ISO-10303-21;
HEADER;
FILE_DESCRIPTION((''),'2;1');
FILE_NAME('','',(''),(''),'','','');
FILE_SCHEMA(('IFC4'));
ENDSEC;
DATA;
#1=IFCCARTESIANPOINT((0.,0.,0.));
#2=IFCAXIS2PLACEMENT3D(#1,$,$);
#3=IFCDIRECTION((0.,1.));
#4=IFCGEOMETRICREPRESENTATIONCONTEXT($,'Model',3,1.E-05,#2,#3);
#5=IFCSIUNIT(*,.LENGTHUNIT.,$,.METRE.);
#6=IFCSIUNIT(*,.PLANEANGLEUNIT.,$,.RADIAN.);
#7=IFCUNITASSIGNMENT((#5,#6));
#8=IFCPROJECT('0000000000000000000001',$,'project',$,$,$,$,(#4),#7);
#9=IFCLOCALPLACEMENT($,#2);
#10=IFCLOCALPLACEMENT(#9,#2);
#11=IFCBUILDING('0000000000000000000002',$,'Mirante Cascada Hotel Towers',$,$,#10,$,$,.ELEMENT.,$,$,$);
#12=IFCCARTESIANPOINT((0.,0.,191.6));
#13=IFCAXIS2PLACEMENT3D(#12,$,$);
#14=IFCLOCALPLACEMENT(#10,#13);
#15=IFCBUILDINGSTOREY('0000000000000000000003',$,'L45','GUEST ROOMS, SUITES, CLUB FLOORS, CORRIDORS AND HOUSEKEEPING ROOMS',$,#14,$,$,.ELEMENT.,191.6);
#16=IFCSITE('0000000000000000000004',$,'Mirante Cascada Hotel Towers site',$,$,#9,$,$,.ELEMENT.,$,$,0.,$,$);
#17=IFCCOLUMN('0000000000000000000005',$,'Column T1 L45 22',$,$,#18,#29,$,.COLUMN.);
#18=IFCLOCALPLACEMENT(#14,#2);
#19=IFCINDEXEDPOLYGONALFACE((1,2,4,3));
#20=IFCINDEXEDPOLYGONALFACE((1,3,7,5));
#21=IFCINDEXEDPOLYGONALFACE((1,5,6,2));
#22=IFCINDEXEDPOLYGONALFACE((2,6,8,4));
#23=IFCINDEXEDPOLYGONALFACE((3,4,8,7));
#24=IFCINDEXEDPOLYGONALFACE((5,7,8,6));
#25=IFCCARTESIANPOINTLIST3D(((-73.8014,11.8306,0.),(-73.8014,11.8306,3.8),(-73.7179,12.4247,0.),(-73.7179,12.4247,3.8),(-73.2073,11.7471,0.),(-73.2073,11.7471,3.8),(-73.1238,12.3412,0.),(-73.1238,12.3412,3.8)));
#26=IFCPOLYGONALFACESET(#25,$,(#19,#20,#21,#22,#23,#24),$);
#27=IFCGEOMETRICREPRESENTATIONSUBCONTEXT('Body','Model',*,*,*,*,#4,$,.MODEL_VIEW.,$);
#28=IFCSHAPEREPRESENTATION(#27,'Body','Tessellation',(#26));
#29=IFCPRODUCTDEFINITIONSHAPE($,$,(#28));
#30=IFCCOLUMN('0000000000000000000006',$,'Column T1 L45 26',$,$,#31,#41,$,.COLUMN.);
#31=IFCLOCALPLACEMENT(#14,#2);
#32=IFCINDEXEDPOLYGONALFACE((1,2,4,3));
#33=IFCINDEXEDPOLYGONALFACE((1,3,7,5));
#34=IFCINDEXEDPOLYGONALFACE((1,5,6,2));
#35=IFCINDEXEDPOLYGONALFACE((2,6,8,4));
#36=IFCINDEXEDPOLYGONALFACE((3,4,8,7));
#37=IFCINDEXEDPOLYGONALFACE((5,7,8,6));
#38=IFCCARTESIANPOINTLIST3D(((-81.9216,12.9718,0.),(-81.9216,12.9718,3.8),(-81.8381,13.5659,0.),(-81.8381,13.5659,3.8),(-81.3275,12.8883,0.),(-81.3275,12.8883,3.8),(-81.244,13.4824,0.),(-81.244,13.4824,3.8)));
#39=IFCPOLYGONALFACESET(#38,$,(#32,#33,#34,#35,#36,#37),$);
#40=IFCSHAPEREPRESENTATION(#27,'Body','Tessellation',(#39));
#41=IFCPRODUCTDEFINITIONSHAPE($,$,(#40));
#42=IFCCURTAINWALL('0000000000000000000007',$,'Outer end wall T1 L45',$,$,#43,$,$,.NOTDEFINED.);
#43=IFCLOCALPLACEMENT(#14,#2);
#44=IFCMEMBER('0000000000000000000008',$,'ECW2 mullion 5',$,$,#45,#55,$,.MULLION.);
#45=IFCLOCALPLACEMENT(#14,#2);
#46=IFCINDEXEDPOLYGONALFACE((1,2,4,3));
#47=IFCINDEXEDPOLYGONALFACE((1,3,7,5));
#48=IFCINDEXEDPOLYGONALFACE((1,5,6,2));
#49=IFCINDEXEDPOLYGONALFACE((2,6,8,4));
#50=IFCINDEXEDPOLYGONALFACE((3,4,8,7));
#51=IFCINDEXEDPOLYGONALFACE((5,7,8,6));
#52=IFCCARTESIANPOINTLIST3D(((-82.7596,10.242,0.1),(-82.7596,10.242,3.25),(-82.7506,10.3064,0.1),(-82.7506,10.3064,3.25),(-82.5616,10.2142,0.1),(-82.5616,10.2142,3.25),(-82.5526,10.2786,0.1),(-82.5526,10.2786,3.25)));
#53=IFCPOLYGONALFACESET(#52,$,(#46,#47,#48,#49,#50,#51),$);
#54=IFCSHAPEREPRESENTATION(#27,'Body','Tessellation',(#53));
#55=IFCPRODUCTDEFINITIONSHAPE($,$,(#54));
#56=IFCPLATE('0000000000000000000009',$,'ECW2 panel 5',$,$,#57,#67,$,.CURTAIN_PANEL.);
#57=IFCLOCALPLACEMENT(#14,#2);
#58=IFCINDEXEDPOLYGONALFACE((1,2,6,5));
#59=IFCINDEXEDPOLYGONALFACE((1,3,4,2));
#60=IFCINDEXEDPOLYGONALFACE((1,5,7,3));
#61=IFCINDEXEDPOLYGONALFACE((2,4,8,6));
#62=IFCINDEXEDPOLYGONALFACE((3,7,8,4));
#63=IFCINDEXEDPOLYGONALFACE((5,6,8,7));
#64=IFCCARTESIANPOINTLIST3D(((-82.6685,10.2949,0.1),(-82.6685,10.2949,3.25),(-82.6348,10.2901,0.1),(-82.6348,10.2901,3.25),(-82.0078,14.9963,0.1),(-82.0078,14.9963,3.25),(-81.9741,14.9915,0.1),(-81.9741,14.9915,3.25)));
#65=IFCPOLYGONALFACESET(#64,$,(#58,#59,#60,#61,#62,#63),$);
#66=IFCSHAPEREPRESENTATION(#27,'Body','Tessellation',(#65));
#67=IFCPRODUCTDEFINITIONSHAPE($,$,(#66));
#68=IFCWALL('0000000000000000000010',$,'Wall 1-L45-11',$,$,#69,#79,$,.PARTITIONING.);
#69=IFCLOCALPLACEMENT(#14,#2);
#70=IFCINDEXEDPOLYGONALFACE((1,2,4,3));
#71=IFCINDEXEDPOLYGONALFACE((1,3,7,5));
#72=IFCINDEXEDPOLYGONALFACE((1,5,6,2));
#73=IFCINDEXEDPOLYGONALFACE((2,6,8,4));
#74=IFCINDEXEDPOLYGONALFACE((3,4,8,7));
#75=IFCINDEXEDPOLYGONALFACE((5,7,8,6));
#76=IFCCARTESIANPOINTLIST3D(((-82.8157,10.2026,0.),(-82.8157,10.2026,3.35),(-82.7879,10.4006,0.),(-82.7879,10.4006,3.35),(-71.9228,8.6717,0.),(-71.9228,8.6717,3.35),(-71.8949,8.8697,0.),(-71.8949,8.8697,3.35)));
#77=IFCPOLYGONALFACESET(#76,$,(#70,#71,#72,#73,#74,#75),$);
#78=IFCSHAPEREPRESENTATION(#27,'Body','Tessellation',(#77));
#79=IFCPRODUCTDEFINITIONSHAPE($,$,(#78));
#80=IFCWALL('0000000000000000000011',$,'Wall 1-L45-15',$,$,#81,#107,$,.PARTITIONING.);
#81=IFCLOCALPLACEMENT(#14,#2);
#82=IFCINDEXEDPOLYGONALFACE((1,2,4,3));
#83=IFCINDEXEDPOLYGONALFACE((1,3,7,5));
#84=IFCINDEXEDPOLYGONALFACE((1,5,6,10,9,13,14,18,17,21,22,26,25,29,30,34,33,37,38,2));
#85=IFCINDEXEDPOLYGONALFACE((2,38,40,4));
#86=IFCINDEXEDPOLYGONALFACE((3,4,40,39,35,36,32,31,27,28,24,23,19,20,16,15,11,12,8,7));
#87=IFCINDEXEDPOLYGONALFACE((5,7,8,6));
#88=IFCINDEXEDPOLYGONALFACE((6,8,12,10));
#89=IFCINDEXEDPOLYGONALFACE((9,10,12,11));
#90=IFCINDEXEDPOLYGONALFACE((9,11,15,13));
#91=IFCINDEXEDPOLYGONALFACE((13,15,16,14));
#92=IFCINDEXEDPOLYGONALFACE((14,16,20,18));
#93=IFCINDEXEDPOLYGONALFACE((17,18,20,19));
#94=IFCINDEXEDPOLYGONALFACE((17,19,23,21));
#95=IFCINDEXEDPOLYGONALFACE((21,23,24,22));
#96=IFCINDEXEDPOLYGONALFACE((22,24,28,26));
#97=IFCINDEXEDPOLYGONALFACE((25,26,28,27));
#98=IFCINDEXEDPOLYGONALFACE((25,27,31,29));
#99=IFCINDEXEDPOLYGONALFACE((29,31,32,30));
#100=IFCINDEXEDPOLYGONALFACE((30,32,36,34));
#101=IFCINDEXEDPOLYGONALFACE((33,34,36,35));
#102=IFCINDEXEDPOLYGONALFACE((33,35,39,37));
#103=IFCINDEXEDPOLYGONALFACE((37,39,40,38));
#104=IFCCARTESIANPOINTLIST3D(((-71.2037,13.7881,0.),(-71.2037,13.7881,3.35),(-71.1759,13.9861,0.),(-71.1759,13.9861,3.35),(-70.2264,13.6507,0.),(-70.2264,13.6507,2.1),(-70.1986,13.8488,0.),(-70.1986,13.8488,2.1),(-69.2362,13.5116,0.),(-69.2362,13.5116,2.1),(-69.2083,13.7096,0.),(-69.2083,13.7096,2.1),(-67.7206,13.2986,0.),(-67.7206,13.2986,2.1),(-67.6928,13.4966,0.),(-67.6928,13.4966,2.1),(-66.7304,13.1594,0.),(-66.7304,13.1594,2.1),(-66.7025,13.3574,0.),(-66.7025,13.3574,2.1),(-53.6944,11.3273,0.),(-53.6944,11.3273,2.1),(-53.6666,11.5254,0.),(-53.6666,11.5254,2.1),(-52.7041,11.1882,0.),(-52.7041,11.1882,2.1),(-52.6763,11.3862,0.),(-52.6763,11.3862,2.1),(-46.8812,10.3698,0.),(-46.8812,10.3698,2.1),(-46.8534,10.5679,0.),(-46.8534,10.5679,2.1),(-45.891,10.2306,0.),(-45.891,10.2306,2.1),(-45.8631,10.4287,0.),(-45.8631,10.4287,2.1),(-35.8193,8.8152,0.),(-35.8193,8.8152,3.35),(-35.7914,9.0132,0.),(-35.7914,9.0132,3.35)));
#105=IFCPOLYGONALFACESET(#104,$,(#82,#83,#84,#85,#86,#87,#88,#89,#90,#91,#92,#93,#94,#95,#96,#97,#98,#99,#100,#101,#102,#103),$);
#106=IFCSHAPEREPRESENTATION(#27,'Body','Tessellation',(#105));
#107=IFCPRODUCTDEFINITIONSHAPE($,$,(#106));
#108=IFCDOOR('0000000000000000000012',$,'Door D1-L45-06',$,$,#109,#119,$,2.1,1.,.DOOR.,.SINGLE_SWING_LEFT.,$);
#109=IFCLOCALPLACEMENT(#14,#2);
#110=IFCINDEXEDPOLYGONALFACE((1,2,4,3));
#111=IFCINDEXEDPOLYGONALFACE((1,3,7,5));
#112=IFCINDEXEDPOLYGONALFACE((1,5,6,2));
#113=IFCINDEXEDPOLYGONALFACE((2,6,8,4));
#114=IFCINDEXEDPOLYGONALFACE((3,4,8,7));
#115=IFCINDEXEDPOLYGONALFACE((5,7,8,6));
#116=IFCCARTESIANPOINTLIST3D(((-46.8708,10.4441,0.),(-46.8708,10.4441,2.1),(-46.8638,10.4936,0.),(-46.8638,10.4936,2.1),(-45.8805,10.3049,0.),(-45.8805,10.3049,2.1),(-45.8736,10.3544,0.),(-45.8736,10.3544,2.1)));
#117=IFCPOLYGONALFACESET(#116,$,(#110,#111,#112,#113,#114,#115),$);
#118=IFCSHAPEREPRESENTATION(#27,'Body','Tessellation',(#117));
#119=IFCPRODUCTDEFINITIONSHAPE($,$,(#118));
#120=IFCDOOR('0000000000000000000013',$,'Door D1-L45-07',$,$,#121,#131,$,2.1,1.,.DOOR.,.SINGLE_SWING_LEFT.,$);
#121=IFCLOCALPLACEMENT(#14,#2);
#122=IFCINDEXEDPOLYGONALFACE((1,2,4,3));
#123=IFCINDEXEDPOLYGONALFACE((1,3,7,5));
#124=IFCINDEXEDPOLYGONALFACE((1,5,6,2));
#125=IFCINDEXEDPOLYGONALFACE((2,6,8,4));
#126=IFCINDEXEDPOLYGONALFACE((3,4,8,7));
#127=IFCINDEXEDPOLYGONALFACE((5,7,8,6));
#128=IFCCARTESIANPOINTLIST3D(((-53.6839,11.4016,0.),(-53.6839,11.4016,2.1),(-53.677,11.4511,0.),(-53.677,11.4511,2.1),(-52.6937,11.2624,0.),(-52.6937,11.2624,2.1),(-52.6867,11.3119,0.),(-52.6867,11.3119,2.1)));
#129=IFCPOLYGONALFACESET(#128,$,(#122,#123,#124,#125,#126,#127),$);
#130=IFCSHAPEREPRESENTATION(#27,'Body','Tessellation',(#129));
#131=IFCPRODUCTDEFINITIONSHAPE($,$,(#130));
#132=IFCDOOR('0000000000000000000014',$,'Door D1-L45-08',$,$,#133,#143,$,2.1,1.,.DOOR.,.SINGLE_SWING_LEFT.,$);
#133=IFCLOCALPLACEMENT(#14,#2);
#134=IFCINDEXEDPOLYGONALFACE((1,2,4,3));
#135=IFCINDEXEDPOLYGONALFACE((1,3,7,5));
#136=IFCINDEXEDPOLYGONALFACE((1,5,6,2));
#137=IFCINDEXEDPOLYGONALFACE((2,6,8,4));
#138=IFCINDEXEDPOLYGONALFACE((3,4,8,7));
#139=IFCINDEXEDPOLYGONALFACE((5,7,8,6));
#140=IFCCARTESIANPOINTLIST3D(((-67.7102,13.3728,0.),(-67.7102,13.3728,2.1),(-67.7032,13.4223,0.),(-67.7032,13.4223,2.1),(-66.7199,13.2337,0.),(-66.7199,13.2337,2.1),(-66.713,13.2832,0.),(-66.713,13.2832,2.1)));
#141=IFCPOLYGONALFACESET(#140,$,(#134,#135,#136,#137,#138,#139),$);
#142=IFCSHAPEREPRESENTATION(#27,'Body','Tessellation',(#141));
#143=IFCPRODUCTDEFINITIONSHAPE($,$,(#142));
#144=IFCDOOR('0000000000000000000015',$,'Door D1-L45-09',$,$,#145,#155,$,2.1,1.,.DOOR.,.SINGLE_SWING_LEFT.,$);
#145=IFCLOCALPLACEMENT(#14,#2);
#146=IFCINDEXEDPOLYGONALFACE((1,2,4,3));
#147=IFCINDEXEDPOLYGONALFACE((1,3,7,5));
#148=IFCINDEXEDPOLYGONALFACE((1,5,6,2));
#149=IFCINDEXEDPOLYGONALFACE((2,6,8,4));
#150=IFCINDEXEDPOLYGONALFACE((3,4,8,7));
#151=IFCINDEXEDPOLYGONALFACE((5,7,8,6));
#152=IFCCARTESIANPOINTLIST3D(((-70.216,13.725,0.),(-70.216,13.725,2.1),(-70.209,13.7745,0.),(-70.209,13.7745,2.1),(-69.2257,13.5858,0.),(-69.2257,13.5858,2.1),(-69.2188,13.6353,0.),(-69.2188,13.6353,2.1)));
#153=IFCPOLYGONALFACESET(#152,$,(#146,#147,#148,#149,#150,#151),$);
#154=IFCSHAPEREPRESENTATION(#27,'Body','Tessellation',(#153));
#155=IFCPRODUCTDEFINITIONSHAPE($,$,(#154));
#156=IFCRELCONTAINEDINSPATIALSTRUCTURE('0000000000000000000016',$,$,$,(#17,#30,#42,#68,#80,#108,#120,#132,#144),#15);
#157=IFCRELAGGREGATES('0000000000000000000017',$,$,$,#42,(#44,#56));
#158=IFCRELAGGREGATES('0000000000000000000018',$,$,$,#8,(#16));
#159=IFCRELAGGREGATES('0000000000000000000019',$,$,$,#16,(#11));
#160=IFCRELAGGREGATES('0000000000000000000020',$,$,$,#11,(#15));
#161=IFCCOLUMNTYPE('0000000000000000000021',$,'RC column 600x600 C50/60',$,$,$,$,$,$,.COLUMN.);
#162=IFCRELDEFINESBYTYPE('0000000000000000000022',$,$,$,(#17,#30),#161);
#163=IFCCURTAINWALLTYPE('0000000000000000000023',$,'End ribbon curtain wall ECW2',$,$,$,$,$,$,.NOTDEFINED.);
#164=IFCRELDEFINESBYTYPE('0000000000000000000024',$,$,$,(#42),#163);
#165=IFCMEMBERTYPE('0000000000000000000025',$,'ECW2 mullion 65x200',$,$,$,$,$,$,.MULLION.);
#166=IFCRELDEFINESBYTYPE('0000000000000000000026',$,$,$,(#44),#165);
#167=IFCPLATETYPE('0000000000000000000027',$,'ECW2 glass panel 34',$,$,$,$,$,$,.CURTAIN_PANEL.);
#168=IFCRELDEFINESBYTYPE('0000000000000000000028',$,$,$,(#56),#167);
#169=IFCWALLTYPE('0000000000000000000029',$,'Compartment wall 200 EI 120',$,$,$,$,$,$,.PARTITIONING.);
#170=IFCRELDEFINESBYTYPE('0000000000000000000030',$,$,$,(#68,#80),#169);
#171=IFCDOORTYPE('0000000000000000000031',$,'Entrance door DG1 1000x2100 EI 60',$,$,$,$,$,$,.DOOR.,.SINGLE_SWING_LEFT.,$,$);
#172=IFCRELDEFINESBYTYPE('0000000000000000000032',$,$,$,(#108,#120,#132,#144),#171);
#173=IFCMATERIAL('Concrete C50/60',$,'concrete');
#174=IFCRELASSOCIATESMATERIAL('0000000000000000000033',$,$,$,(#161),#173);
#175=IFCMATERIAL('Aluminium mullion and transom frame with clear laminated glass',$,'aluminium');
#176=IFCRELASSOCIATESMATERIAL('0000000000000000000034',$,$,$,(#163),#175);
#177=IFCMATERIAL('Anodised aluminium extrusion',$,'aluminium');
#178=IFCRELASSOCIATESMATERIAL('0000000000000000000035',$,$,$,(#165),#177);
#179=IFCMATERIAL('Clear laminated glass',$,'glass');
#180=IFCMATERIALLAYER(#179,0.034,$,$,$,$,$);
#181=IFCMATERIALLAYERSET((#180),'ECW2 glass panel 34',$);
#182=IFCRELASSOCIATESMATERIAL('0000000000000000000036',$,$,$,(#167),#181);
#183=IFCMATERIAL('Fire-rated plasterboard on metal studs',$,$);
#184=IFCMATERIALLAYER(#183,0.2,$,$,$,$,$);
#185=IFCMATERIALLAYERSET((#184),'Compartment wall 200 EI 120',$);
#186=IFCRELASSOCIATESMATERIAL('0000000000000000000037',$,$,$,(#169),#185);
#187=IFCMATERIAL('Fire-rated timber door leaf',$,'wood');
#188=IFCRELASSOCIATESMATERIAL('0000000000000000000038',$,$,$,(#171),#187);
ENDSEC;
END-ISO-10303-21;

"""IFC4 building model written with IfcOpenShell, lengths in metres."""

from ifc_helpers import new_model, si_unit, direction, frame, frame_2d, origin, origin_2d, place, context, subcontext, project, spatial, rectangle, extrude, material, layer, layer_set, material_profile, profile_set, type_object, element, fill, aggregate, save


model = new_model("IFC4")

# Units and contexts
model_context = context("Model", 3, precision=1e-05, world=origin(), true_north=direction((0.0, 1.0)))
body_context = subcontext(model_context, "Body", "Model", "MODEL_VIEW")
ifc_project = project(units=[si_unit("LENGTHUNIT", "METRE"), si_unit("PLANEANGLEUNIT", "RADIAN")], contexts=[model_context])

# Site, building, storey
site_placement = place(None, origin())
site = spatial("IfcSite", under=ifc_project, at=site_placement, Name="Mirante Cascada Hotel Towers site", CompositionType="ELEMENT", RefElevation=0.0)
building_placement = place(site_placement, origin())
building = spatial("IfcBuilding", under=site, at=building_placement, Name="Mirante Cascada Hotel Towers", CompositionType="ELEMENT")
storey_placement = place(building_placement, frame((0.0, 0.0, 191.6)))
storey = spatial("IfcBuildingStorey", under=building, at=storey_placement, Name="L45", Description="GUEST ROOMS, SUITES, CLUB FLOORS, CORRIDORS AND HOUSEKEEPING ROOMS", CompositionType="ELEMENT", Elevation=191.6)

# Columns
ifc_material_1 = material(Name="Concrete C50/60", Category="concrete")
ifc_material_profile_1 = material_profile(ifc_material_1, rectangle(XDim=0.6, YDim=0.6, at=origin_2d()), Name="RC column 600x600 C50/60")
ifc_profile_set_1 = profile_set([ifc_material_profile_1], Name="Concrete C50/60")
column_type = type_object("IfcColumnType", Name="RC column 600x600 C50/60", PredefinedType="COLUMN", material=ifc_profile_set_1)
for number, where, z_axis, x_axis, name in (
    (1, (-73.4626, 12.0859, 0.0), (0.0, 0.0, 1.0), (-0.990268, 0.139173, 0.0), "Column T1 L45 22"),
    (2, (-81.5828, 13.2271, 0.0), (0.0, 0.0, 1.0), (-0.990268, 0.139173, 0.0), "Column T1 L45 26"),
):
    element("IfcColumn", number, at=place(storey_placement, frame(where, z_axis=z_axis, x_axis=x_axis)), inside=storey, type_object=column_type, Name=name, PredefinedType="COLUMN", context=body_context, shape_type="SweptSolid", body=[
        extrude(rectangle(XDim=0.6, YDim=0.6, at=origin_2d()), origin(), (0.0, 0.0, 1.0), 3.8),
    ])

# Curtain wall, member, plate
ifc_material_2 = material(Name="Aluminium mullion and transom frame with clear laminated glass", Category="aluminium")
curtain_wall_type = type_object("IfcCurtainWallType", Name="End ribbon curtain wall ECW2", PredefinedType="NOTDEFINED", material=ifc_material_2)
curtain_wall_placement = place(storey_placement, origin())
curtain_wall = element("IfcCurtainWall", 3, at=curtain_wall_placement, inside=storey, type_object=curtain_wall_type, Name="Outer end wall T1 L45", PredefinedType="NOTDEFINED")
ifc_material_3 = material(Name="Anodised aluminium extrusion", Category="aluminium")
ifc_material_profile_2 = material_profile(ifc_material_3, rectangle(XDim=0.2, YDim=0.065, at=origin_2d()), Name="ECW2 MULLION 65x200")
ifc_profile_set_2 = profile_set([ifc_material_profile_2], Name="Anodised aluminium extrusion")
member_type = type_object("IfcMemberType", Name="ECW2 mullion 65x200", PredefinedType="MULLION", material=ifc_profile_set_2)
member_placement = place(storey_placement, frame((-82.6561, 10.2603, 0.1), z_axis=(0.0, 0.0, 1.0), x_axis=(-0.990268, 0.139173, 0.0)))
member = element("IfcMember", 4, at=member_placement, type_object=member_type, Name="ECW2 mullion 5", PredefinedType="MULLION", context=body_context, shape_type="SweptSolid", body=[
    extrude(rectangle(XDim=0.2, YDim=0.065, at=origin_2d()), origin(), (0.0, 0.0, 1.0), 3.15),
])
ifc_material_4 = material(Name="Clear laminated glass", Category="glass")
ifc_layer_1 = layer(ifc_material_4, 0.034)
ifc_layer_set_1 = layer_set([ifc_layer_1], Name="ECW2 glass panel 34")
plate_type = type_object("IfcPlateType", Name="ECW2 glass panel 34", PredefinedType="CURTAIN_PANEL", material=ifc_layer_set_1)
plate_placement = place(storey_placement, frame((-82.3213, 12.6432, 0.1), z_axis=(0.0, 0.0, 1.0), x_axis=(0.139173, 0.990268, 0.0)))
plate = element("IfcPlate", 5, at=plate_placement, type_object=plate_type, Name="ECW2 panel 5", PredefinedType="CURTAIN_PANEL", context=body_context, shape_type="SweptSolid", body=[
    extrude(rectangle(XDim=4.7476, YDim=0.034, at=origin_2d()), origin(), (0.0, 0.0, 1.0), 3.15),
])
aggregate(curtain_wall, [member, plate])

# Wall
ifc_material_5 = material(Name="Fire-rated plasterboard on metal studs")
ifc_layer_2 = layer(ifc_material_5, 0.2)
ifc_layer_set_2 = layer_set([ifc_layer_2], Name="Compartment wall 200 EI 120")
wall_type_1 = type_object("IfcWallType", Name="Compartment wall 200 EI 120", PredefinedType="PARTITIONING", material=ifc_layer_set_2)
wall_1_placement = place(storey_placement, frame((-82.8018, 10.3016, 0.0), z_axis=(0.0, 0.0, 1.0), x_axis=(0.990268, -0.139173, 0.0)))
element("IfcWall", 6, at=wall_1_placement, inside=storey, type_object=wall_type_1, Name="Wall 1-L45-11", PredefinedType="PARTITIONING", context=body_context, shape_type="SweptSolid", body=[
    extrude(rectangle(XDim=11.0, YDim=0.2, at=frame_2d((5.5, 0.0))), origin(), (0.0, 0.0, 1.0), 3.35),
])

# Wall, openings, doors
wall_2_placement = place(storey_placement, frame((-71.1898, 13.8871, 0.0), z_axis=(0.0, 0.0, 1.0), x_axis=(0.990268, -0.139171, 0.0)))
wall_2 = element("IfcWall", 7, at=wall_2_placement, inside=storey, type_object=wall_type_1, Name="Wall 1-L45-15", PredefinedType="PARTITIONING", context=body_context, shape_type="SweptSolid", body=[
    extrude(rectangle(XDim=35.7322, YDim=0.2, at=frame_2d((17.8661, 0.0))), origin(), (0.0, 0.0, 1.0), 3.35),
])
opening_1_placement = place(wall_2_placement, frame((24.5615, 0.0, 0.0)))
opening_1 = element("IfcOpeningElement", 8, at=opening_1_placement, cuts=wall_2, PredefinedType="OPENING", context=body_context, shape_type="SweptSolid", body=[
    extrude(rectangle(XDim=1.0, YDim=2.1, at=frame_2d((0.5, 1.05))), frame((0.0, 0.1, 0.0), z_axis=(0.0, -1.0, 0.0), x_axis=(1.0, 0.0, 0.0)), (0.0, 0.0, 1.0), 0.2),
])
opening_2_placement = place(wall_2_placement, frame((17.6814, 0.0, 0.0)))
opening_2 = element("IfcOpeningElement", 9, at=opening_2_placement, cuts=wall_2, PredefinedType="OPENING", context=body_context, shape_type="SweptSolid", body=[
    extrude(rectangle(XDim=1.0, YDim=2.1, at=frame_2d((0.5, 1.05))), frame((0.0, 0.1, 0.0), z_axis=(0.0, -1.0, 0.0), x_axis=(1.0, 0.0, 0.0)), (0.0, 0.0, 1.0), 0.2),
])
opening_3_placement = place(wall_2_placement, frame((3.5173, 0.0, 0.0)))
opening_3 = element("IfcOpeningElement", 10, at=opening_3_placement, cuts=wall_2, PredefinedType="OPENING", context=body_context, shape_type="SweptSolid", body=[
    extrude(rectangle(XDim=1.0, YDim=2.1, at=frame_2d((0.5, 1.05))), frame((0.0, 0.1, 0.0), z_axis=(0.0, -1.0, 0.0), x_axis=(1.0, 0.0, 0.0)), (0.0, 0.0, 1.0), 0.2),
])
opening_4_placement = place(wall_2_placement, frame((0.9869, 0.0, 0.0)))
opening_4 = element("IfcOpeningElement", 11, at=opening_4_placement, cuts=wall_2, PredefinedType="OPENING", context=body_context, shape_type="SweptSolid", body=[
    extrude(rectangle(XDim=1.0, YDim=2.1, at=frame_2d((0.5, 1.05))), frame((0.0, 0.1, 0.0), z_axis=(0.0, -1.0, 0.0), x_axis=(1.0, 0.0, 0.0)), (0.0, 0.0, 1.0), 0.2),
])
ifc_material_6 = material(Name="Fire-rated timber door leaf", Category="wood")
door_type_1 = type_object("IfcDoorType", Name="Entrance door DG1 1000x2100 EI 60", OperationType="SINGLE_SWING_LEFT", PredefinedType="DOOR", material=ifc_material_6)
door_1_placement = place(opening_1_placement, origin())
door_1 = element("IfcDoor", 12, at=door_1_placement, inside=storey, type_object=door_type_1, Name="Door D1-L45-06", OperationType="SINGLE_SWING_LEFT", OverallHeight=2.1, OverallWidth=1.0, PredefinedType="DOOR", context=body_context, shape_type="SweptSolid", body=[
    extrude(rectangle(XDim=1.0, YDim=2.1, at=frame_2d((0.5, 1.05))), frame((0.0, 0.025, 0.0), z_axis=(0.0, -1.0, 0.0), x_axis=(1.0, 0.0, 0.0)), (0.0, 0.0, 1.0), 0.05),
])
fill(opening_1, door_1)
door_2_placement = place(opening_2_placement, origin())
door_2 = element("IfcDoor", 13, at=door_2_placement, inside=storey, type_object=door_type_1, Name="Door D1-L45-07", OperationType="SINGLE_SWING_LEFT", OverallHeight=2.1, OverallWidth=1.0, PredefinedType="DOOR", context=body_context, shape_type="SweptSolid", body=[
    extrude(rectangle(XDim=1.0, YDim=2.1, at=frame_2d((0.5, 1.05))), frame((0.0, 0.025, 0.0), z_axis=(0.0, -1.0, 0.0), x_axis=(1.0, 0.0, 0.0)), (0.0, 0.0, 1.0), 0.05),
])
fill(opening_2, door_2)
door_3_placement = place(opening_3_placement, origin())
door_3 = element("IfcDoor", 14, at=door_3_placement, inside=storey, type_object=door_type_1, Name="Door D1-L45-08", OperationType="SINGLE_SWING_LEFT", OverallHeight=2.1, OverallWidth=1.0, PredefinedType="DOOR", context=body_context, shape_type="SweptSolid", body=[
    extrude(rectangle(XDim=1.0, YDim=2.1, at=frame_2d((0.5, 1.05))), frame((0.0, 0.025, 0.0), z_axis=(0.0, -1.0, 0.0), x_axis=(1.0, 0.0, 0.0)), (0.0, 0.0, 1.0), 0.05),
])
fill(opening_3, door_3)
door_4_placement = place(opening_4_placement, origin())
door_4 = element("IfcDoor", 15, at=door_4_placement, inside=storey, type_object=door_type_1, Name="Door D1-L45-09", OperationType="SINGLE_SWING_LEFT", OverallHeight=2.1, OverallWidth=1.0, PredefinedType="DOOR", context=body_context, shape_type="SweptSolid", body=[
    extrude(rectangle(XDim=1.0, YDim=2.1, at=frame_2d((0.5, 1.05))), frame((0.0, 0.025, 0.0), z_axis=(0.0, -1.0, 0.0), x_axis=(1.0, 0.0, 0.0)), (0.0, 0.0, 1.0), 0.05),
])
fill(opening_4, door_4)

save(model, "model.ifc")
